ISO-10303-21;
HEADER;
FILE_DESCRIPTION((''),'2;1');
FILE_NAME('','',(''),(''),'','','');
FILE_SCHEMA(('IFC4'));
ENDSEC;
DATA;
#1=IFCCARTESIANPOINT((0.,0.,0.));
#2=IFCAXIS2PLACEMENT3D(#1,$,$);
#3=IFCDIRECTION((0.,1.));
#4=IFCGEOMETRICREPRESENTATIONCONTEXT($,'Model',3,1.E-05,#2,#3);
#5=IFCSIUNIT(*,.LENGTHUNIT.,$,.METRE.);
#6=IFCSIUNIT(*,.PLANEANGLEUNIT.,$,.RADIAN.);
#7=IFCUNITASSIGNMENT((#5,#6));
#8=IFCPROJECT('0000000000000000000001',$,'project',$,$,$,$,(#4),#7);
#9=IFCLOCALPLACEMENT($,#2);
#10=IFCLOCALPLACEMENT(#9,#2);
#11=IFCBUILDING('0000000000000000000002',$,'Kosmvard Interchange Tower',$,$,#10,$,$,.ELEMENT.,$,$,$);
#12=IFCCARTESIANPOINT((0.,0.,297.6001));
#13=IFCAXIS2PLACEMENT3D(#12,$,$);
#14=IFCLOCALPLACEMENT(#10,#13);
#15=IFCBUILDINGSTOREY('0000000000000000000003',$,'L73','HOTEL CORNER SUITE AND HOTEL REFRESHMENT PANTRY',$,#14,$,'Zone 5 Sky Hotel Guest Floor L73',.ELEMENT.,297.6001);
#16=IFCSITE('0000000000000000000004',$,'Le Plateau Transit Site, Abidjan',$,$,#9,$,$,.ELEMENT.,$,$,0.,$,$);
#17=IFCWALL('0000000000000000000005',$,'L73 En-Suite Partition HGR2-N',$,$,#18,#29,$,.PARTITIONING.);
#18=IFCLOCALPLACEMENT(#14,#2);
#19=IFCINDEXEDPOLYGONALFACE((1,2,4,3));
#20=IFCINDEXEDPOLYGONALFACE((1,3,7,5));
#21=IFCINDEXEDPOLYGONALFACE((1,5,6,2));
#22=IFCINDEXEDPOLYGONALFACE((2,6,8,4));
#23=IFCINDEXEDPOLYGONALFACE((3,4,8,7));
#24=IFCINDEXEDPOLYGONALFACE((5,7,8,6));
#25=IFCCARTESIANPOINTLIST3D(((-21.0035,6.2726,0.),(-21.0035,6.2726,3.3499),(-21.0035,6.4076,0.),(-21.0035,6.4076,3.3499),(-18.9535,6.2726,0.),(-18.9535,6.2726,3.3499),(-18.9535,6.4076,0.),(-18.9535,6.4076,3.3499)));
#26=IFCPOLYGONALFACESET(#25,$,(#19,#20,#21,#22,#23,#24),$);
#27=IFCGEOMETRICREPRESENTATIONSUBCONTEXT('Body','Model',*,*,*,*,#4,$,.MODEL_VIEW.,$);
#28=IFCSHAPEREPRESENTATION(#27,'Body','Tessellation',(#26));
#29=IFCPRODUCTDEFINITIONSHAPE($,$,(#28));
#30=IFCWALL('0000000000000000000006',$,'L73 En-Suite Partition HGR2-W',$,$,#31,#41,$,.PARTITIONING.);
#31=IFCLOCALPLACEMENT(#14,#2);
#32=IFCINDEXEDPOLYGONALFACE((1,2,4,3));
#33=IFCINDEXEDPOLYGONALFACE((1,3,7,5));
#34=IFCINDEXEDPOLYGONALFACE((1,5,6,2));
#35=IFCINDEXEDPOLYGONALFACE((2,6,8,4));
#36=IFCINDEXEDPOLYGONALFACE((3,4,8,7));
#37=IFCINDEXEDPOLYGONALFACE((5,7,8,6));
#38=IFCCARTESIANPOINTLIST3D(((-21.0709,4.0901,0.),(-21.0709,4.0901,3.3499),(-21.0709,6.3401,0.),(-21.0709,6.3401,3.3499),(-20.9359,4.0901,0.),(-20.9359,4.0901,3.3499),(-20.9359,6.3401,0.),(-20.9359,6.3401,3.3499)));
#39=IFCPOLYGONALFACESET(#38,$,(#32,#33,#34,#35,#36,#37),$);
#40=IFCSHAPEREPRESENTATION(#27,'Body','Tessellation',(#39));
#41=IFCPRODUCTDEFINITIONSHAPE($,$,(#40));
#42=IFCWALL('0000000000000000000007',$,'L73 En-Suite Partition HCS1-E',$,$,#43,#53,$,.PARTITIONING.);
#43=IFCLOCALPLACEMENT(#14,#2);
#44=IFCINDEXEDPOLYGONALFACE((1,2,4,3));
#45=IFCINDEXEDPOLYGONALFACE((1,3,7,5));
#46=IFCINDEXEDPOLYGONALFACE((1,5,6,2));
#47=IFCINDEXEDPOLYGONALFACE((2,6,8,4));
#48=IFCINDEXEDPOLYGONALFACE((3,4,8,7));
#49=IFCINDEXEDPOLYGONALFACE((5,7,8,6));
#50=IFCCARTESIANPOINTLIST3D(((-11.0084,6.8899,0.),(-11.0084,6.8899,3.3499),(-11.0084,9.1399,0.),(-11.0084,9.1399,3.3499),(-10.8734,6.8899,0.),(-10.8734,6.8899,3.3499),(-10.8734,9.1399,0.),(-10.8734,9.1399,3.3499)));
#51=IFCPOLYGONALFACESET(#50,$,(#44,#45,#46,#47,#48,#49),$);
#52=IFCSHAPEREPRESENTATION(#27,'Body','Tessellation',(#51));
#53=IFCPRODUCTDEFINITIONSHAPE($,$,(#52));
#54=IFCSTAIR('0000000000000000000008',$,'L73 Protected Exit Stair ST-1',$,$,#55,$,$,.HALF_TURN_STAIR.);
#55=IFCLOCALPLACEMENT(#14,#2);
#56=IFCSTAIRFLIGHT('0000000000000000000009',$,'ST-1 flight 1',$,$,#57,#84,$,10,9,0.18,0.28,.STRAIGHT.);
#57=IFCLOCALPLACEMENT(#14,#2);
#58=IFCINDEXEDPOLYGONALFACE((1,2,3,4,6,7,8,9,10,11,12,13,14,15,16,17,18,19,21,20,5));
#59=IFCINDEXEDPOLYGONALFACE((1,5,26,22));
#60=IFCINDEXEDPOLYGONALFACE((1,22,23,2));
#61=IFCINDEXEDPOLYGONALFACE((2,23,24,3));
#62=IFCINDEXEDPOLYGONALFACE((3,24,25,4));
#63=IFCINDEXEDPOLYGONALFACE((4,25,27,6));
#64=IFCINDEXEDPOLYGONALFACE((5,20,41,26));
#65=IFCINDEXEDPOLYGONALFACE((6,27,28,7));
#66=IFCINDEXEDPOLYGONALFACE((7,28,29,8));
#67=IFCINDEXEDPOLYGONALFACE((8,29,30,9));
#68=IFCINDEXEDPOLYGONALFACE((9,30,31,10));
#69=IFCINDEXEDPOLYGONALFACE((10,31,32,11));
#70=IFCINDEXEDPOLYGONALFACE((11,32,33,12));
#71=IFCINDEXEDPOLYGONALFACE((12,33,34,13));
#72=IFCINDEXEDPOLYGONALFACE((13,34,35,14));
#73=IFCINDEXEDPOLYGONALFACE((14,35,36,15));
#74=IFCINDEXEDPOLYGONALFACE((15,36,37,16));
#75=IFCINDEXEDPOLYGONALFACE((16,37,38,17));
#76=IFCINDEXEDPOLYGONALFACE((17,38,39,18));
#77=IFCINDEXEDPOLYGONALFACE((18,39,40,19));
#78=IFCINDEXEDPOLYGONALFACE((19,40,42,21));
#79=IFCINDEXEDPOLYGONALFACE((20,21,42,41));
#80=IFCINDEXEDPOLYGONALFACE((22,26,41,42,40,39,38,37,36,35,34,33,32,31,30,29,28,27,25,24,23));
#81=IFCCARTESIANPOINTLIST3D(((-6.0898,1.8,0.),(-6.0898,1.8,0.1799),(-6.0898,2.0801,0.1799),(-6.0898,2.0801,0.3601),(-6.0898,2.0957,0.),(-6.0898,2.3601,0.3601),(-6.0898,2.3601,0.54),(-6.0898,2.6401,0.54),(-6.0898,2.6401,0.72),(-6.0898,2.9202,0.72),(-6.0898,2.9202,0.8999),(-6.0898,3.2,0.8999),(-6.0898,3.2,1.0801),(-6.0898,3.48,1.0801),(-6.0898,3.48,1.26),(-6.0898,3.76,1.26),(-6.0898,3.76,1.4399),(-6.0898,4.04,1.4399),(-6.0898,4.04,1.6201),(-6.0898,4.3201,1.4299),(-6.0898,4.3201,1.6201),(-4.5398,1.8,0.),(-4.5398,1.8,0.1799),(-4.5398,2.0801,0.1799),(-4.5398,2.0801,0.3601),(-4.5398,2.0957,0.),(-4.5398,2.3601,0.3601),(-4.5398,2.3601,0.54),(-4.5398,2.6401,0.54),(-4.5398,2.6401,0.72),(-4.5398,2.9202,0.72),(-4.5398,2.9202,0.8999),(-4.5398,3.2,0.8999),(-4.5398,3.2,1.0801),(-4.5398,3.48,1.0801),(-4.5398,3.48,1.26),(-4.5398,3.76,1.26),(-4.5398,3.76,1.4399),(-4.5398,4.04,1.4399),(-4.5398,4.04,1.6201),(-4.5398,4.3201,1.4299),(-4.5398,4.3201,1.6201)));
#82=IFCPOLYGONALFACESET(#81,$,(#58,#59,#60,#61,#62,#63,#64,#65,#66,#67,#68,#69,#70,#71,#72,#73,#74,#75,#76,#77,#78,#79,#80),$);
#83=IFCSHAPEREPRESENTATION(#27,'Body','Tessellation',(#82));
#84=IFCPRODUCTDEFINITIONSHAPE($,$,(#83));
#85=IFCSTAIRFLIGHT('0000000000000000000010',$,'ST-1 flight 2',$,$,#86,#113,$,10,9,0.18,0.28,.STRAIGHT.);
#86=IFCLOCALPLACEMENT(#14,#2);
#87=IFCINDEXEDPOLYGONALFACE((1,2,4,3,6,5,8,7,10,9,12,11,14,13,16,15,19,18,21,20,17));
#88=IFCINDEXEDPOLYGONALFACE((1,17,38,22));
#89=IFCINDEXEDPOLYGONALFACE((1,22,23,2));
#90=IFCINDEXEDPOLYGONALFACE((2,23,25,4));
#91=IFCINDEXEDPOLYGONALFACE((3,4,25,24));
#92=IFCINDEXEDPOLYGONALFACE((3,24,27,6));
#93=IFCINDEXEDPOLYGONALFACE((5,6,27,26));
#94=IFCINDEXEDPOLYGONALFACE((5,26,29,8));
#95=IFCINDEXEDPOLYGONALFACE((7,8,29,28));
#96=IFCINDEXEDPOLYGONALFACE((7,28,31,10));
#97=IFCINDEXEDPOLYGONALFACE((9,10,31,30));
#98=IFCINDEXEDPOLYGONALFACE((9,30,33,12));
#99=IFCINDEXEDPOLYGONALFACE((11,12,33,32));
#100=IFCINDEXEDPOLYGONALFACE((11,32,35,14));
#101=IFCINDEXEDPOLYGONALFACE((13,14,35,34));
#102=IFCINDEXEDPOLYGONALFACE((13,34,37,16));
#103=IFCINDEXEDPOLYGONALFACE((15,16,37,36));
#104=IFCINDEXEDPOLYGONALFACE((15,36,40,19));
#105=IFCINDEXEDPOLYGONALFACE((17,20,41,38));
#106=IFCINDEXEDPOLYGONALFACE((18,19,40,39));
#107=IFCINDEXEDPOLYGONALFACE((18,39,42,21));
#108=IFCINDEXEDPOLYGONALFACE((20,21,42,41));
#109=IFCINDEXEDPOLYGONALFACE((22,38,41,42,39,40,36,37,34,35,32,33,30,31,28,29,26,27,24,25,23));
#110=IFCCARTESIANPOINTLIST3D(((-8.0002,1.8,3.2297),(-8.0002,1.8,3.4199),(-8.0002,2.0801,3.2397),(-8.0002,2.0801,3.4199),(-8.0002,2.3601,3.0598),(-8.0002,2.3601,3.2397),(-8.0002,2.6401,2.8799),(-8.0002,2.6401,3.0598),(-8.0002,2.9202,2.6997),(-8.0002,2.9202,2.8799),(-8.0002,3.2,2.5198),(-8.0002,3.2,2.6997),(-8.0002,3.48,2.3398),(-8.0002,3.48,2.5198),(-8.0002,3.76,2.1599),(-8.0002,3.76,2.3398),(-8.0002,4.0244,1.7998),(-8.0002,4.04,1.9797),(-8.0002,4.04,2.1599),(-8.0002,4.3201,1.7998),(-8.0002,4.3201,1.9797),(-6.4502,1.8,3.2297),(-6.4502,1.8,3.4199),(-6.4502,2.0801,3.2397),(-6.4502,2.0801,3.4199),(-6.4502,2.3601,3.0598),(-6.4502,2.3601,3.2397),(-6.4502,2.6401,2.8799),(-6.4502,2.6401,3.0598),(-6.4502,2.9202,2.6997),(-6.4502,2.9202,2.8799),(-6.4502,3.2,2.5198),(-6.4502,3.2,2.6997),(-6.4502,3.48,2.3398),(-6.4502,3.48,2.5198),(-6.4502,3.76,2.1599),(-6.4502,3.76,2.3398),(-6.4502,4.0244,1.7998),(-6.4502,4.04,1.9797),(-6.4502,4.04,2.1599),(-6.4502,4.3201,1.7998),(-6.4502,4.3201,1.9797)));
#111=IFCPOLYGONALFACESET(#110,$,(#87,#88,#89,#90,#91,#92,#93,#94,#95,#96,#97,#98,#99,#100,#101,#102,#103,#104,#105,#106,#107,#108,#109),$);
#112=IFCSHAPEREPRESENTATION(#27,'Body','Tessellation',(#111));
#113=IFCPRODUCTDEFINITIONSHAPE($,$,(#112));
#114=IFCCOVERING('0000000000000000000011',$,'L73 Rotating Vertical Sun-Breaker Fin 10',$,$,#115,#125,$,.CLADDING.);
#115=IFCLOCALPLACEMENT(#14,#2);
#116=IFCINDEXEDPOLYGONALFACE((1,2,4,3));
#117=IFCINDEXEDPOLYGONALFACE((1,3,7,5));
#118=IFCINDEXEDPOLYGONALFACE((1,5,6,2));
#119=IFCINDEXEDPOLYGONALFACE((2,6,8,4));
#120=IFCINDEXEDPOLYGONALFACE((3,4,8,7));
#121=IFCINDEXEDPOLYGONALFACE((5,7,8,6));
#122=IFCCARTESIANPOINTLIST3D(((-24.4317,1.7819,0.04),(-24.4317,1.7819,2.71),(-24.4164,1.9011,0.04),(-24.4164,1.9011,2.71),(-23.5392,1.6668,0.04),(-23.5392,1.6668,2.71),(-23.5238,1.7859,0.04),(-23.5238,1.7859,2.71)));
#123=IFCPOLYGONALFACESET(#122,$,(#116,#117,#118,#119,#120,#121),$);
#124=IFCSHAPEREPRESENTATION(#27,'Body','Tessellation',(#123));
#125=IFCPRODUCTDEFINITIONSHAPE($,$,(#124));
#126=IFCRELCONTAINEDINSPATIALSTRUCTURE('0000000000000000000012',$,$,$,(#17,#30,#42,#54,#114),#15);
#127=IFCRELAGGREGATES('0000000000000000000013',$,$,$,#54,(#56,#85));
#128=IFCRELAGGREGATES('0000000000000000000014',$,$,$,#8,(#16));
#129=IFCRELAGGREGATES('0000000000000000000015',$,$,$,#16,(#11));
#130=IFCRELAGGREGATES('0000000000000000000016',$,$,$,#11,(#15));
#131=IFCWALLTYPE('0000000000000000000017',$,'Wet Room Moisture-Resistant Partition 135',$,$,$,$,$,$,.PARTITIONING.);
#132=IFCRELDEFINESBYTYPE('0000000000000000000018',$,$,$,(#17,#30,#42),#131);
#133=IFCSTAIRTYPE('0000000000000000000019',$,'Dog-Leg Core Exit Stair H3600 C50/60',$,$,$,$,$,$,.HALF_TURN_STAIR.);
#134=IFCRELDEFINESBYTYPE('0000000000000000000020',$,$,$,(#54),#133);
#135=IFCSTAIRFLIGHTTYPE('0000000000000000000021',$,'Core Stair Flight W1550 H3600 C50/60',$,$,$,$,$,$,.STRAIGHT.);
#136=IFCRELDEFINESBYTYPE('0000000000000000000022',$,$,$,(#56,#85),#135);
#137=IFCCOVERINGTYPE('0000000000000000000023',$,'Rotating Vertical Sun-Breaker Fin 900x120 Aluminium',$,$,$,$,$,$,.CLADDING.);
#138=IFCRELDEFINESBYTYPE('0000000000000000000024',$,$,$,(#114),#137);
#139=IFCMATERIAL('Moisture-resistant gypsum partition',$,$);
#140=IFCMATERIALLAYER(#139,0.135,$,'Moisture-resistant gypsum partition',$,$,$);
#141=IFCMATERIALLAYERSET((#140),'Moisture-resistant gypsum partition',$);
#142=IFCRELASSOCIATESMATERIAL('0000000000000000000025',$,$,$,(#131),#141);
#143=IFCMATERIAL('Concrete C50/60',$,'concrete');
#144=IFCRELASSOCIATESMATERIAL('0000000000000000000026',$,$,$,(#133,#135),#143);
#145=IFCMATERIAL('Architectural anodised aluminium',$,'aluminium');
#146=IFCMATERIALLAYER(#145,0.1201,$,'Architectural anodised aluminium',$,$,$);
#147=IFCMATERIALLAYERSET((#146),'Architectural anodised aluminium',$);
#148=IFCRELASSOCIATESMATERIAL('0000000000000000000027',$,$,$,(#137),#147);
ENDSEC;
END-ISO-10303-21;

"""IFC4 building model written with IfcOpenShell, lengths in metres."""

from ifc_helpers import new_model, si_unit, direction, frame, frame_2d, origin, origin_2d, place, context, subcontext, project, spatial, polyline, rectangle, outline, extrude, source, transform, mapped, material, layer, layer_set, type_object, element, aggregate, save


model = new_model("IFC4")

# Units and contexts
model_context = context("Model", 3, precision=1e-05, world=origin(), true_north=direction((0.0, 1.0)))
body_context = subcontext(model_context, "Body", "Model", "MODEL_VIEW")
ifc_project = project(units=[si_unit("LENGTHUNIT", "METRE"), si_unit("PLANEANGLEUNIT", "RADIAN")], contexts=[model_context])

# Site, building, storey
site_placement = place(None, origin())
site = spatial("IfcSite", under=ifc_project, at=site_placement, Name="Le Plateau Transit Site, Abidjan", CompositionType="ELEMENT", RefElevation=0.0)
building_placement = place(site_placement, origin())
building = spatial("IfcBuilding", under=site, at=building_placement, Name="Kosmvard Interchange Tower", CompositionType="ELEMENT")
storey_placement = place(building_placement, frame((0.0, 0.0, 297.6001)))
storey = spatial("IfcBuildingStorey", under=building, at=storey_placement, Name="L73", Description="HOTEL CORNER SUITE AND HOTEL REFRESHMENT PANTRY", LongName="Zone 5 Sky Hotel Guest Floor L73", CompositionType="ELEMENT", Elevation=297.6001)

# Shared definitions
ifc_material_1 = material(Name="Concrete C50/60", Category="concrete")

# Shared definitions
ifc_material_2 = material(Name="Moisture-resistant gypsum partition")
ifc_layer_1 = layer(ifc_material_2, 0.135, Name="Moisture-resistant gypsum partition")
ifc_layer_set_1 = layer_set([ifc_layer_1], Name="Moisture-resistant gypsum partition")
wall_type_1 = type_object("IfcWallType", Name="Wet Room Moisture-Resistant Partition 135", PredefinedType="PARTITIONING", material=ifc_layer_set_1)

# Walls
wall_1_placement = place(storey_placement, frame((-21.0034, 6.3401, 0.0), z_axis=(0.0, 0.0, 1.0), x_axis=(1.0, 0.0, 0.0)))
element("IfcWall", 1, at=wall_1_placement, inside=storey, type_object=wall_type_1, Name="L73 En-Suite Partition HGR2-N", PredefinedType="PARTITIONING", context=body_context, shape_type="SweptSolid", body=[
    extrude(rectangle(XDim=2.05, YDim=0.135, at=frame_2d((1.0249, 0.0))), origin(), (0.0, 0.0, 1.0), 3.3499),
])
for number, where, z_axis, x_axis, name in (
    (2, (-21.0034, 4.0901, 0.0), (0.0, 0.0, 1.0), (0.0, 1.0, 0.0), "L73 En-Suite Partition HGR2-W"),
    (3, (-10.9409, 6.8899, 0.0), (0.0, 0.0, 1.0), (0.0, 1.0, 0.0), "L73 En-Suite Partition HCS1-E"),
):
    element("IfcWall", number, at=place(storey_placement, frame(where, z_axis=z_axis, x_axis=x_axis)), inside=storey, type_object=wall_type_1, Name=name, PredefinedType="PARTITIONING", context=body_context, shape_type="SweptSolid", body=[
        extrude(rectangle(XDim=2.25, YDim=0.135, at=frame_2d((1.125, 0.0))), origin(), (0.0, 0.0, 1.0), 3.3499),
    ])

# Stair, stair flights
stair_type = type_object("IfcStairType", Name="Dog-Leg Core Exit Stair H3600 C50/60", PredefinedType="HALF_TURN_STAIR", material=ifc_material_1)
stair_placement = place(storey_placement, origin())
stair = element("IfcStair", 4, at=stair_placement, inside=storey, type_object=stair_type, Name="L73 Protected Exit Stair ST-1", PredefinedType="HALF_TURN_STAIR")
stair_flight_type = type_object("IfcStairFlightType", Name="Core Stair Flight W1550 H3600 C50/60", PredefinedType="STRAIGHT", material=ifc_material_1)
shared_shape_1 = source(origin(), body_context, "Body", "SweptSolid", [
    extrude(outline(polyline([(0.0, 0.0), (0.0, 0.1799), (0.28, 0.1799), (0.28, 0.3601), (0.5601, 0.3601), (0.5601, 0.54), (0.8401, 0.54), (0.8401, 0.72), (1.1201, 0.72), (1.1201, 0.8999), (1.3999, 0.8999), (1.3999, 1.0801), (1.6799, 1.0801), (1.6799, 1.26), (1.96, 1.26), (1.96, 1.4399), (2.24, 1.4399), (2.24, 1.6201), (2.52, 1.6201), (2.52, 1.8), (2.52, 1.4299), (0.2957, 0.0), (0.0, 0.0)])), frame((0.0, 0.7749, 0.0), z_axis=(0.0, -1.0, 0.0), x_axis=(1.0, 0.0, 0.0)), (0.0, 0.0, 1.0), 1.55),
])
stair_flight_1_placement = place(storey_placement, frame((-5.3149, 1.8, 0.0), z_axis=(0.0, 0.0, 1.0), x_axis=(0.0, 1.0, 0.0)))
stair_flight_1 = element("IfcStairFlight", 5, at=stair_flight_1_placement, type_object=stair_flight_type, Name="ST-1 flight 1", NumberOfRisers=10, NumberOfTreads=9, PredefinedType="STRAIGHT", RiserHeight=0.18, TreadLength=0.28, context=body_context, shape_type="MappedRepresentation", body=[
    mapped(shared_shape_1, transform((0.0, 0.0, 0.0), scale=1.0)),
])
stair_flight_2_placement = place(storey_placement, frame((-7.2251, 4.3201, 1.7998), z_axis=(0.0, 0.0, 1.0), x_axis=(0.0, -1.0, 0.0)))
stair_flight_2 = element("IfcStairFlight", 6, at=stair_flight_2_placement, type_object=stair_flight_type, Name="ST-1 flight 2", NumberOfRisers=10, NumberOfTreads=9, PredefinedType="STRAIGHT", RiserHeight=0.18, TreadLength=0.28, context=body_context, shape_type="MappedRepresentation", body=[
    mapped(shared_shape_1, transform((0.0, 0.0, 0.0), scale=1.0)),
])
aggregate(stair, [stair_flight_1, stair_flight_2])

# Covering
ifc_material_3 = material(Name="Architectural anodised aluminium", Category="aluminium")
ifc_layer_2 = layer(ifc_material_3, 0.1201, Name="Architectural anodised aluminium")
ifc_layer_set_2 = layer_set([ifc_layer_2], Name="Architectural anodised aluminium")
covering_type = type_object("IfcCoveringType", Name="Rotating Vertical Sun-Breaker Fin 900x120 Aluminium", PredefinedType="CLADDING", material=ifc_layer_set_2)
shared_shape_2 = source(origin(), body_context, "Body", "SweptSolid", [
    extrude(rectangle(XDim=0.8999, YDim=0.1201, at=origin_2d()), origin(), (0.0, 0.0, 1.0), 2.6699),
])
covering_placement = place(storey_placement, frame((-23.9778, 1.7839, 0.04), z_axis=(0.0, 0.0, 1.0), x_axis=(-0.991783, 0.12793, 0.0)))
element("IfcCovering", 7, at=covering_placement, inside=storey, type_object=covering_type, Name="L73 Rotating Vertical Sun-Breaker Fin 10", PredefinedType="CLADDING", context=body_context, shape_type="MappedRepresentation", body=[
    mapped(shared_shape_2, transform((0.0, 0.0, 0.0), scale=1.0)),
])

save(model, "model.ifc")
